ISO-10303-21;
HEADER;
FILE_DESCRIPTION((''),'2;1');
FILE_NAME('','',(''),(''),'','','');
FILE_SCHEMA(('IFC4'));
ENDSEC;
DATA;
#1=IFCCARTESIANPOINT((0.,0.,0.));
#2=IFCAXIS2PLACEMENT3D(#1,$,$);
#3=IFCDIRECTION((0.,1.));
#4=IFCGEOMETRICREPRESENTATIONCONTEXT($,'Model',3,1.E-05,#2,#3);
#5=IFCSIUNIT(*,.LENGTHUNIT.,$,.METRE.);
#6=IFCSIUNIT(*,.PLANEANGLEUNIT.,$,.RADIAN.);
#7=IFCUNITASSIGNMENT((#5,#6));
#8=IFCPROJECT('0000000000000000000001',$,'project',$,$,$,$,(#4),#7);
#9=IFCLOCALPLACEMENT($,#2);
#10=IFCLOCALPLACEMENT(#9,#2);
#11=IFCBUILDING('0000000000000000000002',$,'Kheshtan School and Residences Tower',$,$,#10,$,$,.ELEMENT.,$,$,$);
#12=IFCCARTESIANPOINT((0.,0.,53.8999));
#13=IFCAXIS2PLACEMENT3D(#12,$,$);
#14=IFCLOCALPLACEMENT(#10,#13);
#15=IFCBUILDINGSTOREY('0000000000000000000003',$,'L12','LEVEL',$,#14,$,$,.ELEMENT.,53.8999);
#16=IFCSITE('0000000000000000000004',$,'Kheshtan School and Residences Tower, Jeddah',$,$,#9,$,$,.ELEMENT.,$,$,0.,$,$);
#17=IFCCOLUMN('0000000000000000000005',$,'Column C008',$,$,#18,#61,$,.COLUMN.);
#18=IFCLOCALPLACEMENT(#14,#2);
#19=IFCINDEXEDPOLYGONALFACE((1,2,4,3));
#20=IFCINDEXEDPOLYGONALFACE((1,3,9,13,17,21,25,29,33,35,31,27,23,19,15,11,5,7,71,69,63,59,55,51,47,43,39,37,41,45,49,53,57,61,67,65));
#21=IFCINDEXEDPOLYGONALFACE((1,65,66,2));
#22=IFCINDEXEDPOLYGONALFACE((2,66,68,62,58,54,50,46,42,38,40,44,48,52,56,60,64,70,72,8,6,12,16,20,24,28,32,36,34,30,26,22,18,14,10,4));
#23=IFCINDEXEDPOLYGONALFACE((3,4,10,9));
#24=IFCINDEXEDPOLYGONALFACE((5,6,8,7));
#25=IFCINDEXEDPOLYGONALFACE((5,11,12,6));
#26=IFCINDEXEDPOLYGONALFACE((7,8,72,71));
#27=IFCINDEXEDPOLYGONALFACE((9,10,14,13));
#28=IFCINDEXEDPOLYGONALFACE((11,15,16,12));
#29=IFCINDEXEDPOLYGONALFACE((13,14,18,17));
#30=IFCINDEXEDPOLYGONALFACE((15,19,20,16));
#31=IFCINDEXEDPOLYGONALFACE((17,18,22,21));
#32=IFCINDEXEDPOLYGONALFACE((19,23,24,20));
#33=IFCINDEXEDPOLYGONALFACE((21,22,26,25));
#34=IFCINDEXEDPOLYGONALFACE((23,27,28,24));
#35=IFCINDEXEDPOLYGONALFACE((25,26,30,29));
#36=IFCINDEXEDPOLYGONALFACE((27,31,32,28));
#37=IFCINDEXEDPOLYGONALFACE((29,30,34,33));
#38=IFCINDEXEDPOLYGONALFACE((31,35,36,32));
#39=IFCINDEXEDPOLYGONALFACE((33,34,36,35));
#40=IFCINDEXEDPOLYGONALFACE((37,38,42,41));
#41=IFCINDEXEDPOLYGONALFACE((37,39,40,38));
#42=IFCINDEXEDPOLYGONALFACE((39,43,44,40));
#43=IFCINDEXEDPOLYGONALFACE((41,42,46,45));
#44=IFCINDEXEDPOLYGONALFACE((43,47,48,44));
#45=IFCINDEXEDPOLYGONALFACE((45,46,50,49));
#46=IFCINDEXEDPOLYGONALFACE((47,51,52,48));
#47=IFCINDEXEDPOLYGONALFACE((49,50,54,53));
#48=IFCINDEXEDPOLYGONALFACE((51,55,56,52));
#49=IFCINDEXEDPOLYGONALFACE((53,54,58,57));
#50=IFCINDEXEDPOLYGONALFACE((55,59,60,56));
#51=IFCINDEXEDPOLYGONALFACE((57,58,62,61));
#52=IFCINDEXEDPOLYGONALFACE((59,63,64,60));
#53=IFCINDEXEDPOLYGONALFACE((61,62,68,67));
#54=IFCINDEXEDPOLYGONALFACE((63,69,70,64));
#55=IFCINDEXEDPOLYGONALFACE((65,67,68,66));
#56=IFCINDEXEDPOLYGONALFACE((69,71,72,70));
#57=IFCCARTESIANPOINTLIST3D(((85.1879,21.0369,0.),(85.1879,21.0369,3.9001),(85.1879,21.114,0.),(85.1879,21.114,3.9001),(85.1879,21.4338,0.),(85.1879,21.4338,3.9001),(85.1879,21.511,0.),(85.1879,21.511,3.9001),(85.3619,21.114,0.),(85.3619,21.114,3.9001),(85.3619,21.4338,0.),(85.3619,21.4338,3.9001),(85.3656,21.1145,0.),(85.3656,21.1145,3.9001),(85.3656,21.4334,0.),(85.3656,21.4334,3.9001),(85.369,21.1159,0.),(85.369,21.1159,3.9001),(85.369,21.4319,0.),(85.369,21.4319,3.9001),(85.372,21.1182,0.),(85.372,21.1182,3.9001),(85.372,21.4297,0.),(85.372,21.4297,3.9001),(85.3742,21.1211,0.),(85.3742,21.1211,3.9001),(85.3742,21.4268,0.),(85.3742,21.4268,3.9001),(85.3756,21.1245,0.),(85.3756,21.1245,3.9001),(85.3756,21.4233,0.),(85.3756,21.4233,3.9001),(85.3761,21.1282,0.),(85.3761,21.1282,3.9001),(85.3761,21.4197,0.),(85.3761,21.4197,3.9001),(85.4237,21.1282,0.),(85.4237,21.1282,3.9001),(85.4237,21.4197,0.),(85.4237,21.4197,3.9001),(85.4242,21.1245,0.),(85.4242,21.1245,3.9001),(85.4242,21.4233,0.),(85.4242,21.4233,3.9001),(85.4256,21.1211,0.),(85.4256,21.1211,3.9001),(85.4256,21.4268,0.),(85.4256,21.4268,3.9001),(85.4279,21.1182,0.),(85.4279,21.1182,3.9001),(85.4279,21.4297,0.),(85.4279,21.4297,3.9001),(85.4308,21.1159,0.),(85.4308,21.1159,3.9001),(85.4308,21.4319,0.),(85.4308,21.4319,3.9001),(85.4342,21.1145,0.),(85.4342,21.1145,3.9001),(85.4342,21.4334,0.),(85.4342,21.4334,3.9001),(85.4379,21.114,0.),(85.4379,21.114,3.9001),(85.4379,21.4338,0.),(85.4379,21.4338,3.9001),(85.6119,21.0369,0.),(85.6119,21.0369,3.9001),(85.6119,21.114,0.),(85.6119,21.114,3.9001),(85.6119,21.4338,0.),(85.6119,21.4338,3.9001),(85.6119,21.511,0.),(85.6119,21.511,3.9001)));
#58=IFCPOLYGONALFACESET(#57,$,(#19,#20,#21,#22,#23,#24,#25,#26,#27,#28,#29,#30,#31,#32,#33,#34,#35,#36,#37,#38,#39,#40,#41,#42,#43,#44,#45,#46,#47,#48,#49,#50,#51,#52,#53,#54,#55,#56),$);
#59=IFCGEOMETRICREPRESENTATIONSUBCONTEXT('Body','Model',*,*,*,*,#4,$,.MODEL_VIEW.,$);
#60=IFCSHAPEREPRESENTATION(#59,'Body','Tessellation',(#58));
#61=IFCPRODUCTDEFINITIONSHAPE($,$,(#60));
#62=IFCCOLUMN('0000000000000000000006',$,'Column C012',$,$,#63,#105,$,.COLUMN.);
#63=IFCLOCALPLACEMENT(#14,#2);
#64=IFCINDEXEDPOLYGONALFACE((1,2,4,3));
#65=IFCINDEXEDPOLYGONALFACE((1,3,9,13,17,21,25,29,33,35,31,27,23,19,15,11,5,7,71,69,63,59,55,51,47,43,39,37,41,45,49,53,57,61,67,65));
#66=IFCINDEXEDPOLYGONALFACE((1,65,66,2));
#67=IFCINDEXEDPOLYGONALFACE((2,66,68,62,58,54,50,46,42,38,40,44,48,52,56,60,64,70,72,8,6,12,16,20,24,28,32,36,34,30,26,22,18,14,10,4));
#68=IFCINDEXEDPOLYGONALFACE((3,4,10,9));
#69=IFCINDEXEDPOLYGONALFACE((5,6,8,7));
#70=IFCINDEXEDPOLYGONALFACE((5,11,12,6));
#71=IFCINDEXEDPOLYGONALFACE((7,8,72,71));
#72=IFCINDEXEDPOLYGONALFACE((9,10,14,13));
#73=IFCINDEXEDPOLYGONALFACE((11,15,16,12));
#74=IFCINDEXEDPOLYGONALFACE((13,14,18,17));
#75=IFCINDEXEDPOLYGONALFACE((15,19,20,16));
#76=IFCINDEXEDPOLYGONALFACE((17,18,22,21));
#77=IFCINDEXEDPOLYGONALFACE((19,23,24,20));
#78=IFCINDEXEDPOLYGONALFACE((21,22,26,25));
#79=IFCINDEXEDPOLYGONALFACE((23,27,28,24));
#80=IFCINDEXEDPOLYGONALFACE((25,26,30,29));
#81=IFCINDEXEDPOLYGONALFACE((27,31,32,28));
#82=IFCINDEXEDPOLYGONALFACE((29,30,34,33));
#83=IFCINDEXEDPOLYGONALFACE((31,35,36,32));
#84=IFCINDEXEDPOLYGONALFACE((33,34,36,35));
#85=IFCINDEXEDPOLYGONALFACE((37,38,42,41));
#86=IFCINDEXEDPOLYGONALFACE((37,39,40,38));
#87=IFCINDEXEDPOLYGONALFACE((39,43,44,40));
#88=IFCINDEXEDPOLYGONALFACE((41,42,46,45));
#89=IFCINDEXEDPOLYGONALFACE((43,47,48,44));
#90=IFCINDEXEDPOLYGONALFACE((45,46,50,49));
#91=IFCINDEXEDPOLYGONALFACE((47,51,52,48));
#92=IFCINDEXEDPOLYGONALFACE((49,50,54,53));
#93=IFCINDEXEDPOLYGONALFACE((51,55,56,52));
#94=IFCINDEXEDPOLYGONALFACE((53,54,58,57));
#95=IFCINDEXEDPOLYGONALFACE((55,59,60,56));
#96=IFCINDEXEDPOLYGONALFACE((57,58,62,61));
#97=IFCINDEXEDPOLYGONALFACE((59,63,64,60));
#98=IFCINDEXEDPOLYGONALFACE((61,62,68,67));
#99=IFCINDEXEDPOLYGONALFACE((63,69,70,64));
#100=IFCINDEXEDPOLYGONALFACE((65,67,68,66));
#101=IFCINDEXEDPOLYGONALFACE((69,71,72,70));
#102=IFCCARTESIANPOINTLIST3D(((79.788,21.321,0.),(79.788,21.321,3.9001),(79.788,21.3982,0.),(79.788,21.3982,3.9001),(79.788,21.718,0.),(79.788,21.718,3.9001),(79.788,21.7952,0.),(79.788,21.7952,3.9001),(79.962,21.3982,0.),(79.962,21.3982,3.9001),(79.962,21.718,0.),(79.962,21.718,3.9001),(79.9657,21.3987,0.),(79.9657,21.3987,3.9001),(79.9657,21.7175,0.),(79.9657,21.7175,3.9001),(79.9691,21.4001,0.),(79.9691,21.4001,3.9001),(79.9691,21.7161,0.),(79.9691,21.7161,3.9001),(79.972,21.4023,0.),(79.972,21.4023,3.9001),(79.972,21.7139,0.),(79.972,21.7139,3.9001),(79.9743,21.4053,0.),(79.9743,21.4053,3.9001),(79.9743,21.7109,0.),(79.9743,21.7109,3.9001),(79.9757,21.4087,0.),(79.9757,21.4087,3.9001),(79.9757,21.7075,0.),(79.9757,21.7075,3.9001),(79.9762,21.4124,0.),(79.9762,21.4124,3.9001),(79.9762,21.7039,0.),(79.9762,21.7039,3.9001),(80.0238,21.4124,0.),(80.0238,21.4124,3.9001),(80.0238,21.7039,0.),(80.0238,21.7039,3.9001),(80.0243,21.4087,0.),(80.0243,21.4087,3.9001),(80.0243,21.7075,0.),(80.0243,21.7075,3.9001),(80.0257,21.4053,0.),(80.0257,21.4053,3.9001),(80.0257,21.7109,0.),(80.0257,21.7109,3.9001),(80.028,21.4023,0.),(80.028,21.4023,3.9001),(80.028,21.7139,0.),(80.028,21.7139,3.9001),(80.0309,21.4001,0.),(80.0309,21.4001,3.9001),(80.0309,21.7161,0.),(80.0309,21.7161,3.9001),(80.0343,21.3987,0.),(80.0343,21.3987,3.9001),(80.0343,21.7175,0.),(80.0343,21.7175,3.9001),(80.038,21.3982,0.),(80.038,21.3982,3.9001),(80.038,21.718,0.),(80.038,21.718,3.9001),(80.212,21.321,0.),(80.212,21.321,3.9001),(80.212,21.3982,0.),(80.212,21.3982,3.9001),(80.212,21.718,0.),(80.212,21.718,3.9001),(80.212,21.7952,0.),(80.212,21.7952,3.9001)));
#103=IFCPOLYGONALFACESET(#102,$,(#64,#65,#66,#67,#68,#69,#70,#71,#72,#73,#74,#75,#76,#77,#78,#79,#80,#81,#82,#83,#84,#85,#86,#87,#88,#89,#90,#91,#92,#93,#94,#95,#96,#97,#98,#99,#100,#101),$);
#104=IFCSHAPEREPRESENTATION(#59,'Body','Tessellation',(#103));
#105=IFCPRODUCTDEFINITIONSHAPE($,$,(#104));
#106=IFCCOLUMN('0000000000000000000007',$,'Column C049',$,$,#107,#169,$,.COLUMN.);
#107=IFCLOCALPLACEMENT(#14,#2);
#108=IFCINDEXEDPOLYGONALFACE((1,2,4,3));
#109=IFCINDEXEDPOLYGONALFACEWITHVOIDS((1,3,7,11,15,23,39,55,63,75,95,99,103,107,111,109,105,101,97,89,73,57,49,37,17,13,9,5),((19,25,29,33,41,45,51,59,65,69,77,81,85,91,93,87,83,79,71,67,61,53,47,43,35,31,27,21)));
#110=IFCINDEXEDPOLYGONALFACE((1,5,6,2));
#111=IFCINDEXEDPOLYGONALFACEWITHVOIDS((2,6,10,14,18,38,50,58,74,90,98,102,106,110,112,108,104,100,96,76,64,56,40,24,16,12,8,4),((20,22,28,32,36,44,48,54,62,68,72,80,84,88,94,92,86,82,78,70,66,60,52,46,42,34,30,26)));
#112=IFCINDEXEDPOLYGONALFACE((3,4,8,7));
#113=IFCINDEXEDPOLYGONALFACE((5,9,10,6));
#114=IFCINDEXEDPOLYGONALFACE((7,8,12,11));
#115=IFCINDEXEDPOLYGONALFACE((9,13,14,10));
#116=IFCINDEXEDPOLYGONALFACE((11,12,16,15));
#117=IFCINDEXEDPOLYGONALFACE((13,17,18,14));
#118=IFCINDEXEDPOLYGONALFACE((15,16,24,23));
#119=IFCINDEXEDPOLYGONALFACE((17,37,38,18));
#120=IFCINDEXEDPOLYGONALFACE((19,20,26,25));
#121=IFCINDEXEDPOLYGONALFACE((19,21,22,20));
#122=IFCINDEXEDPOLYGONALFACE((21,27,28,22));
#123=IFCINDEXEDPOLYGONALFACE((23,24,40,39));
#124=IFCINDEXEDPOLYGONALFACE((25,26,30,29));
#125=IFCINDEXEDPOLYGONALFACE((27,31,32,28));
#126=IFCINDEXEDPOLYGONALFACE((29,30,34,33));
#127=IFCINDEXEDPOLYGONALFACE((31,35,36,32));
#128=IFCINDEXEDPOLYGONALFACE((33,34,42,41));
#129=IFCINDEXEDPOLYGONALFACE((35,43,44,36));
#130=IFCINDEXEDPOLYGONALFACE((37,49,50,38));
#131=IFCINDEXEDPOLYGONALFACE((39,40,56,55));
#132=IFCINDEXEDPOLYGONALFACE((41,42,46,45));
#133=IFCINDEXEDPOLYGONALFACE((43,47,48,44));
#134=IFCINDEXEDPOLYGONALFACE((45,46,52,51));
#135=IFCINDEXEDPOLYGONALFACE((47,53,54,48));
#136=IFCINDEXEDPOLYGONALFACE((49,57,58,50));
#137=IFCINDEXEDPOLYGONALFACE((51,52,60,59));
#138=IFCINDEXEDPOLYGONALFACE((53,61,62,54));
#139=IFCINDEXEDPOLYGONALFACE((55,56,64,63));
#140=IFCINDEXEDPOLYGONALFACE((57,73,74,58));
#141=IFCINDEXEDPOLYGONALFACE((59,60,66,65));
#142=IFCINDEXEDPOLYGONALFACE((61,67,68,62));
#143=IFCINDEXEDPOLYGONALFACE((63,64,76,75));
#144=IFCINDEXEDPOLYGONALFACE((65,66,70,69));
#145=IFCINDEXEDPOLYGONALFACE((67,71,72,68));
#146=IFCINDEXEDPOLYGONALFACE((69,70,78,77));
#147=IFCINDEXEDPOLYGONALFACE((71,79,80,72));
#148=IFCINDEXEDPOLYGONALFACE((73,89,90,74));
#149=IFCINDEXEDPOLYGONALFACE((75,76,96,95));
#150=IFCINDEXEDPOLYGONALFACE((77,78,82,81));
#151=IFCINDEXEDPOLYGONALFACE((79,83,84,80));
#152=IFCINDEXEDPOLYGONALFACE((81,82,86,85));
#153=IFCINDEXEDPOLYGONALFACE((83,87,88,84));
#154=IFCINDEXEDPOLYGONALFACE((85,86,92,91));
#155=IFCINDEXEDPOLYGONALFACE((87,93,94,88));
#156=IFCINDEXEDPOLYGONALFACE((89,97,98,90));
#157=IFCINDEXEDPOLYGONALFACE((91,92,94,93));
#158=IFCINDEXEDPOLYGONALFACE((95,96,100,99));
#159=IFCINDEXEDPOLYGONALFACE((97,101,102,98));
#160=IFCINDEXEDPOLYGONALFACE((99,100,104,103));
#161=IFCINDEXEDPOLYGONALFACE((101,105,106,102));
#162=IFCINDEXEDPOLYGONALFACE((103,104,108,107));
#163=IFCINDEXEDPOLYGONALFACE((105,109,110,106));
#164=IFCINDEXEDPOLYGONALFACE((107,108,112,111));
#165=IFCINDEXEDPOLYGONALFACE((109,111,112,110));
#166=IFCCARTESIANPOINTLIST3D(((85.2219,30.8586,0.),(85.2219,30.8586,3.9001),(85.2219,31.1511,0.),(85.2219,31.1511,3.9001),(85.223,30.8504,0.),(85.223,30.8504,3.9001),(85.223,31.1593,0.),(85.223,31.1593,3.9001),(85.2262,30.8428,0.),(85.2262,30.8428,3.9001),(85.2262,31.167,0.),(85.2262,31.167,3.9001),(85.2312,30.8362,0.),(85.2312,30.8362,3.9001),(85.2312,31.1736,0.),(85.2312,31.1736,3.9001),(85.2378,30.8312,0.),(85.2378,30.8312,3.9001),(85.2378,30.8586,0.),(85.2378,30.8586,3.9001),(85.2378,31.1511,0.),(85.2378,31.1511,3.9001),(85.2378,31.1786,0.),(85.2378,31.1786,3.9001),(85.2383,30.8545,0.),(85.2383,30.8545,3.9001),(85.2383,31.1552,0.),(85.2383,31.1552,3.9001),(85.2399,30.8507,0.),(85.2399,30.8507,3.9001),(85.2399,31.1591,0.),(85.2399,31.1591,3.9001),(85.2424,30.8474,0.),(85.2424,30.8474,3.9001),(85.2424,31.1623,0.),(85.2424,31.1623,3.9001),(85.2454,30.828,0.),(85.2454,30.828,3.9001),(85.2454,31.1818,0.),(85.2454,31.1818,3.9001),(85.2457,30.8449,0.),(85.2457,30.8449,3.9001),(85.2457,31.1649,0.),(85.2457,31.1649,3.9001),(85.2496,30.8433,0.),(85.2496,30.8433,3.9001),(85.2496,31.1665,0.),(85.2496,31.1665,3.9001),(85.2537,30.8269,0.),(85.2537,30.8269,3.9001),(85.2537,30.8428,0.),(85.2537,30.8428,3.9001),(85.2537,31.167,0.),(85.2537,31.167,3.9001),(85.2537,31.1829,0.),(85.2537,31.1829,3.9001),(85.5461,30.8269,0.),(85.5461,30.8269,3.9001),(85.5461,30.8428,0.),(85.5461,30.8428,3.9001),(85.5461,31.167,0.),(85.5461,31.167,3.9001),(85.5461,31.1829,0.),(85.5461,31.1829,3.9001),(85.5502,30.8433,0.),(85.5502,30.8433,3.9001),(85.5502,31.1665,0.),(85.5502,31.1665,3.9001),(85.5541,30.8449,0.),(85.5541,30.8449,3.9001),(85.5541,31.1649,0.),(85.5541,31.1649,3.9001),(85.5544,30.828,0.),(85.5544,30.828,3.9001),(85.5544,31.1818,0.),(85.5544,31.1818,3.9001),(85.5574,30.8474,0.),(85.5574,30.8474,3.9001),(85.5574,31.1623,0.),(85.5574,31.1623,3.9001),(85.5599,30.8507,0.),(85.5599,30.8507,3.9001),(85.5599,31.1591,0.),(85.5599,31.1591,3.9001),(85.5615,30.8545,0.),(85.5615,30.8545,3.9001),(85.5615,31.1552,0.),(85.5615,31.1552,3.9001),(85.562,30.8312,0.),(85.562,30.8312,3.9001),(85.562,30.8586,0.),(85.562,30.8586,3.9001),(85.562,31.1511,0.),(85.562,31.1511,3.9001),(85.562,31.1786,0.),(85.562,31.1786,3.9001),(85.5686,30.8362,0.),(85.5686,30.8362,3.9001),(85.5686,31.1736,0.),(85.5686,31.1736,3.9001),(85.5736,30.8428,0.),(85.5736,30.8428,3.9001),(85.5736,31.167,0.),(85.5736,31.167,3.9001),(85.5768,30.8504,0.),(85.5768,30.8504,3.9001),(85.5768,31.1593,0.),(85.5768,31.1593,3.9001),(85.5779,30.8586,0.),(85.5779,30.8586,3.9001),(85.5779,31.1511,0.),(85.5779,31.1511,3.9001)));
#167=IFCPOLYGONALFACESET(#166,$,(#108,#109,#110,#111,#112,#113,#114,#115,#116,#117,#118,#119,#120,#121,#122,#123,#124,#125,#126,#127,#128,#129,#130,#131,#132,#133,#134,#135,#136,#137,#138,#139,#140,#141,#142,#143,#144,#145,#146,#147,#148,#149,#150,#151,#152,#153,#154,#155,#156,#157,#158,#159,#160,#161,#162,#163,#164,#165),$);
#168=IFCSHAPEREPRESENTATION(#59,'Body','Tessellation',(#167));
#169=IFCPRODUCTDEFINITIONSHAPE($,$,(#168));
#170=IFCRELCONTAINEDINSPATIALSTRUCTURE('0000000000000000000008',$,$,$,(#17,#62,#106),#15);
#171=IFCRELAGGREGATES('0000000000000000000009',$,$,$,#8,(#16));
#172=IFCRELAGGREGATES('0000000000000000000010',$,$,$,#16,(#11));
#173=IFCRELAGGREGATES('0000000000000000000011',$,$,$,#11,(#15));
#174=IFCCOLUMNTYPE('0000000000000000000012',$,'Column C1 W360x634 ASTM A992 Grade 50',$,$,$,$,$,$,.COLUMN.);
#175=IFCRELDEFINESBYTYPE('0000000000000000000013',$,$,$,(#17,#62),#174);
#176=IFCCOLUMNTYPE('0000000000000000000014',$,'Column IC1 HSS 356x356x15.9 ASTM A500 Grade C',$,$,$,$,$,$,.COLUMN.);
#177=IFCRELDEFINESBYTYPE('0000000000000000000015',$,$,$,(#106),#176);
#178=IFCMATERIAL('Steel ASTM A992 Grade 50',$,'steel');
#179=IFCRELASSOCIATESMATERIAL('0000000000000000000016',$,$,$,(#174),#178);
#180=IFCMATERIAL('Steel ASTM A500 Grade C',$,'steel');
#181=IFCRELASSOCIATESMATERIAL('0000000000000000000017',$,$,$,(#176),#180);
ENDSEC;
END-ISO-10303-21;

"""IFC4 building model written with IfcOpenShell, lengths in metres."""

from ifc_helpers import new_model, si_unit, direction, frame, origin, origin_2d, place, context, subcontext, project, spatial, hollow_rectangle, i_section, extrude, material, material_profile, profile_set, type_object, element, save


model = new_model("IFC4")

# Units and contexts
model_context = context("Model", 3, precision=1e-05, world=origin(), true_north=direction((0.0, 1.0)))
body_context = subcontext(model_context, "Body", "Model", "MODEL_VIEW")
ifc_project = project(units=[si_unit("LENGTHUNIT", "METRE"), si_unit("PLANEANGLEUNIT", "RADIAN")], contexts=[model_context])

# Site, building, storey
site_placement = place(None, origin())
site = spatial("IfcSite", under=ifc_project, at=site_placement, Name="Kheshtan School and Residences Tower, Jeddah", CompositionType="ELEMENT", RefElevation=0.0)
building_placement = place(site_placement, origin())
building = spatial("IfcBuilding", under=site, at=building_placement, Name="Kheshtan School and Residences Tower", CompositionType="ELEMENT")
storey_placement = place(building_placement, frame((0.0, 0.0, 53.8999)))
storey = spatial("IfcBuildingStorey", under=building, at=storey_placement, Name="L12", Description="LEVEL", CompositionType="ELEMENT", Elevation=53.8999)

# Columns
ifc_material_1 = material(Name="Steel ASTM A992 Grade 50", Category="steel")
ifc_material_profile_1 = material_profile(ifc_material_1, i_section(OverallWidth=0.4241, OverallDepth=0.4741, WebThickness=0.0476, FlangeThickness=0.0771, FilletRadius=0.0142, at=origin_2d()), Name="W360x634")
ifc_profile_set_1 = profile_set([ifc_material_profile_1], Name="Steel ASTM A992 Grade 50")
column_type_1 = type_object("IfcColumnType", Name="Column C1 W360x634 ASTM A992 Grade 50", PredefinedType="COLUMN", material=ifc_profile_set_1)
for number, where, z_axis, x_axis, name in (
    (1, (85.3999, 21.2739, 0.0), (0.0, 0.0, 1.0), (1.0, 0.0, 0.0), "Column C008"),
    (2, (80.0, 21.5581, 0.0), (0.0, 0.0, 1.0), (1.0, 0.0, 0.0), "Column C012"),
):
    element("IfcColumn", number, at=place(storey_placement, frame(where, z_axis=z_axis, x_axis=x_axis)), inside=storey, type_object=column_type_1, Name=name, PredefinedType="COLUMN", context=body_context, shape_type="SweptSolid", body=[
        extrude(i_section(OverallWidth=0.4241, OverallDepth=0.4741, WebThickness=0.0476, FlangeThickness=0.0771, FilletRadius=0.0142, at=origin_2d()), origin(), (0.0, 0.0, 1.0), 3.9001),
    ])
ifc_material_2 = material(Name="Steel ASTM A500 Grade C", Category="steel")
ifc_material_profile_2 = material_profile(ifc_material_2, hollow_rectangle(XDim=0.356, YDim=0.356, WallThickness=0.0159, InnerFilletRadius=0.0159, OuterFilletRadius=0.0317, at=origin_2d()), Name="HSS 356x356x15.9")
ifc_profile_set_2 = profile_set([ifc_material_profile_2], Name="Steel ASTM A500 Grade C")
column_type_2 = type_object("IfcColumnType", Name="Column IC1 HSS 356x356x15.9 ASTM A500 Grade C", PredefinedType="COLUMN", material=ifc_profile_set_2)
column_placement = place(storey_placement, frame((85.3999, 31.0049, 0.0), z_axis=(0.0, 0.0, 1.0), x_axis=(1.0, 0.0, 0.0)))
element("IfcColumn", 3, at=column_placement, inside=storey, type_object=column_type_2, Name="Column C049", PredefinedType="COLUMN", context=body_context, shape_type="SweptSolid", body=[
    extrude(hollow_rectangle(XDim=0.356, YDim=0.356, WallThickness=0.0159, InnerFilletRadius=0.0159, OuterFilletRadius=0.0317, at=origin_2d()), origin(), (0.0, 0.0, 1.0), 3.9001),
])

save(model, "model.ifc")
